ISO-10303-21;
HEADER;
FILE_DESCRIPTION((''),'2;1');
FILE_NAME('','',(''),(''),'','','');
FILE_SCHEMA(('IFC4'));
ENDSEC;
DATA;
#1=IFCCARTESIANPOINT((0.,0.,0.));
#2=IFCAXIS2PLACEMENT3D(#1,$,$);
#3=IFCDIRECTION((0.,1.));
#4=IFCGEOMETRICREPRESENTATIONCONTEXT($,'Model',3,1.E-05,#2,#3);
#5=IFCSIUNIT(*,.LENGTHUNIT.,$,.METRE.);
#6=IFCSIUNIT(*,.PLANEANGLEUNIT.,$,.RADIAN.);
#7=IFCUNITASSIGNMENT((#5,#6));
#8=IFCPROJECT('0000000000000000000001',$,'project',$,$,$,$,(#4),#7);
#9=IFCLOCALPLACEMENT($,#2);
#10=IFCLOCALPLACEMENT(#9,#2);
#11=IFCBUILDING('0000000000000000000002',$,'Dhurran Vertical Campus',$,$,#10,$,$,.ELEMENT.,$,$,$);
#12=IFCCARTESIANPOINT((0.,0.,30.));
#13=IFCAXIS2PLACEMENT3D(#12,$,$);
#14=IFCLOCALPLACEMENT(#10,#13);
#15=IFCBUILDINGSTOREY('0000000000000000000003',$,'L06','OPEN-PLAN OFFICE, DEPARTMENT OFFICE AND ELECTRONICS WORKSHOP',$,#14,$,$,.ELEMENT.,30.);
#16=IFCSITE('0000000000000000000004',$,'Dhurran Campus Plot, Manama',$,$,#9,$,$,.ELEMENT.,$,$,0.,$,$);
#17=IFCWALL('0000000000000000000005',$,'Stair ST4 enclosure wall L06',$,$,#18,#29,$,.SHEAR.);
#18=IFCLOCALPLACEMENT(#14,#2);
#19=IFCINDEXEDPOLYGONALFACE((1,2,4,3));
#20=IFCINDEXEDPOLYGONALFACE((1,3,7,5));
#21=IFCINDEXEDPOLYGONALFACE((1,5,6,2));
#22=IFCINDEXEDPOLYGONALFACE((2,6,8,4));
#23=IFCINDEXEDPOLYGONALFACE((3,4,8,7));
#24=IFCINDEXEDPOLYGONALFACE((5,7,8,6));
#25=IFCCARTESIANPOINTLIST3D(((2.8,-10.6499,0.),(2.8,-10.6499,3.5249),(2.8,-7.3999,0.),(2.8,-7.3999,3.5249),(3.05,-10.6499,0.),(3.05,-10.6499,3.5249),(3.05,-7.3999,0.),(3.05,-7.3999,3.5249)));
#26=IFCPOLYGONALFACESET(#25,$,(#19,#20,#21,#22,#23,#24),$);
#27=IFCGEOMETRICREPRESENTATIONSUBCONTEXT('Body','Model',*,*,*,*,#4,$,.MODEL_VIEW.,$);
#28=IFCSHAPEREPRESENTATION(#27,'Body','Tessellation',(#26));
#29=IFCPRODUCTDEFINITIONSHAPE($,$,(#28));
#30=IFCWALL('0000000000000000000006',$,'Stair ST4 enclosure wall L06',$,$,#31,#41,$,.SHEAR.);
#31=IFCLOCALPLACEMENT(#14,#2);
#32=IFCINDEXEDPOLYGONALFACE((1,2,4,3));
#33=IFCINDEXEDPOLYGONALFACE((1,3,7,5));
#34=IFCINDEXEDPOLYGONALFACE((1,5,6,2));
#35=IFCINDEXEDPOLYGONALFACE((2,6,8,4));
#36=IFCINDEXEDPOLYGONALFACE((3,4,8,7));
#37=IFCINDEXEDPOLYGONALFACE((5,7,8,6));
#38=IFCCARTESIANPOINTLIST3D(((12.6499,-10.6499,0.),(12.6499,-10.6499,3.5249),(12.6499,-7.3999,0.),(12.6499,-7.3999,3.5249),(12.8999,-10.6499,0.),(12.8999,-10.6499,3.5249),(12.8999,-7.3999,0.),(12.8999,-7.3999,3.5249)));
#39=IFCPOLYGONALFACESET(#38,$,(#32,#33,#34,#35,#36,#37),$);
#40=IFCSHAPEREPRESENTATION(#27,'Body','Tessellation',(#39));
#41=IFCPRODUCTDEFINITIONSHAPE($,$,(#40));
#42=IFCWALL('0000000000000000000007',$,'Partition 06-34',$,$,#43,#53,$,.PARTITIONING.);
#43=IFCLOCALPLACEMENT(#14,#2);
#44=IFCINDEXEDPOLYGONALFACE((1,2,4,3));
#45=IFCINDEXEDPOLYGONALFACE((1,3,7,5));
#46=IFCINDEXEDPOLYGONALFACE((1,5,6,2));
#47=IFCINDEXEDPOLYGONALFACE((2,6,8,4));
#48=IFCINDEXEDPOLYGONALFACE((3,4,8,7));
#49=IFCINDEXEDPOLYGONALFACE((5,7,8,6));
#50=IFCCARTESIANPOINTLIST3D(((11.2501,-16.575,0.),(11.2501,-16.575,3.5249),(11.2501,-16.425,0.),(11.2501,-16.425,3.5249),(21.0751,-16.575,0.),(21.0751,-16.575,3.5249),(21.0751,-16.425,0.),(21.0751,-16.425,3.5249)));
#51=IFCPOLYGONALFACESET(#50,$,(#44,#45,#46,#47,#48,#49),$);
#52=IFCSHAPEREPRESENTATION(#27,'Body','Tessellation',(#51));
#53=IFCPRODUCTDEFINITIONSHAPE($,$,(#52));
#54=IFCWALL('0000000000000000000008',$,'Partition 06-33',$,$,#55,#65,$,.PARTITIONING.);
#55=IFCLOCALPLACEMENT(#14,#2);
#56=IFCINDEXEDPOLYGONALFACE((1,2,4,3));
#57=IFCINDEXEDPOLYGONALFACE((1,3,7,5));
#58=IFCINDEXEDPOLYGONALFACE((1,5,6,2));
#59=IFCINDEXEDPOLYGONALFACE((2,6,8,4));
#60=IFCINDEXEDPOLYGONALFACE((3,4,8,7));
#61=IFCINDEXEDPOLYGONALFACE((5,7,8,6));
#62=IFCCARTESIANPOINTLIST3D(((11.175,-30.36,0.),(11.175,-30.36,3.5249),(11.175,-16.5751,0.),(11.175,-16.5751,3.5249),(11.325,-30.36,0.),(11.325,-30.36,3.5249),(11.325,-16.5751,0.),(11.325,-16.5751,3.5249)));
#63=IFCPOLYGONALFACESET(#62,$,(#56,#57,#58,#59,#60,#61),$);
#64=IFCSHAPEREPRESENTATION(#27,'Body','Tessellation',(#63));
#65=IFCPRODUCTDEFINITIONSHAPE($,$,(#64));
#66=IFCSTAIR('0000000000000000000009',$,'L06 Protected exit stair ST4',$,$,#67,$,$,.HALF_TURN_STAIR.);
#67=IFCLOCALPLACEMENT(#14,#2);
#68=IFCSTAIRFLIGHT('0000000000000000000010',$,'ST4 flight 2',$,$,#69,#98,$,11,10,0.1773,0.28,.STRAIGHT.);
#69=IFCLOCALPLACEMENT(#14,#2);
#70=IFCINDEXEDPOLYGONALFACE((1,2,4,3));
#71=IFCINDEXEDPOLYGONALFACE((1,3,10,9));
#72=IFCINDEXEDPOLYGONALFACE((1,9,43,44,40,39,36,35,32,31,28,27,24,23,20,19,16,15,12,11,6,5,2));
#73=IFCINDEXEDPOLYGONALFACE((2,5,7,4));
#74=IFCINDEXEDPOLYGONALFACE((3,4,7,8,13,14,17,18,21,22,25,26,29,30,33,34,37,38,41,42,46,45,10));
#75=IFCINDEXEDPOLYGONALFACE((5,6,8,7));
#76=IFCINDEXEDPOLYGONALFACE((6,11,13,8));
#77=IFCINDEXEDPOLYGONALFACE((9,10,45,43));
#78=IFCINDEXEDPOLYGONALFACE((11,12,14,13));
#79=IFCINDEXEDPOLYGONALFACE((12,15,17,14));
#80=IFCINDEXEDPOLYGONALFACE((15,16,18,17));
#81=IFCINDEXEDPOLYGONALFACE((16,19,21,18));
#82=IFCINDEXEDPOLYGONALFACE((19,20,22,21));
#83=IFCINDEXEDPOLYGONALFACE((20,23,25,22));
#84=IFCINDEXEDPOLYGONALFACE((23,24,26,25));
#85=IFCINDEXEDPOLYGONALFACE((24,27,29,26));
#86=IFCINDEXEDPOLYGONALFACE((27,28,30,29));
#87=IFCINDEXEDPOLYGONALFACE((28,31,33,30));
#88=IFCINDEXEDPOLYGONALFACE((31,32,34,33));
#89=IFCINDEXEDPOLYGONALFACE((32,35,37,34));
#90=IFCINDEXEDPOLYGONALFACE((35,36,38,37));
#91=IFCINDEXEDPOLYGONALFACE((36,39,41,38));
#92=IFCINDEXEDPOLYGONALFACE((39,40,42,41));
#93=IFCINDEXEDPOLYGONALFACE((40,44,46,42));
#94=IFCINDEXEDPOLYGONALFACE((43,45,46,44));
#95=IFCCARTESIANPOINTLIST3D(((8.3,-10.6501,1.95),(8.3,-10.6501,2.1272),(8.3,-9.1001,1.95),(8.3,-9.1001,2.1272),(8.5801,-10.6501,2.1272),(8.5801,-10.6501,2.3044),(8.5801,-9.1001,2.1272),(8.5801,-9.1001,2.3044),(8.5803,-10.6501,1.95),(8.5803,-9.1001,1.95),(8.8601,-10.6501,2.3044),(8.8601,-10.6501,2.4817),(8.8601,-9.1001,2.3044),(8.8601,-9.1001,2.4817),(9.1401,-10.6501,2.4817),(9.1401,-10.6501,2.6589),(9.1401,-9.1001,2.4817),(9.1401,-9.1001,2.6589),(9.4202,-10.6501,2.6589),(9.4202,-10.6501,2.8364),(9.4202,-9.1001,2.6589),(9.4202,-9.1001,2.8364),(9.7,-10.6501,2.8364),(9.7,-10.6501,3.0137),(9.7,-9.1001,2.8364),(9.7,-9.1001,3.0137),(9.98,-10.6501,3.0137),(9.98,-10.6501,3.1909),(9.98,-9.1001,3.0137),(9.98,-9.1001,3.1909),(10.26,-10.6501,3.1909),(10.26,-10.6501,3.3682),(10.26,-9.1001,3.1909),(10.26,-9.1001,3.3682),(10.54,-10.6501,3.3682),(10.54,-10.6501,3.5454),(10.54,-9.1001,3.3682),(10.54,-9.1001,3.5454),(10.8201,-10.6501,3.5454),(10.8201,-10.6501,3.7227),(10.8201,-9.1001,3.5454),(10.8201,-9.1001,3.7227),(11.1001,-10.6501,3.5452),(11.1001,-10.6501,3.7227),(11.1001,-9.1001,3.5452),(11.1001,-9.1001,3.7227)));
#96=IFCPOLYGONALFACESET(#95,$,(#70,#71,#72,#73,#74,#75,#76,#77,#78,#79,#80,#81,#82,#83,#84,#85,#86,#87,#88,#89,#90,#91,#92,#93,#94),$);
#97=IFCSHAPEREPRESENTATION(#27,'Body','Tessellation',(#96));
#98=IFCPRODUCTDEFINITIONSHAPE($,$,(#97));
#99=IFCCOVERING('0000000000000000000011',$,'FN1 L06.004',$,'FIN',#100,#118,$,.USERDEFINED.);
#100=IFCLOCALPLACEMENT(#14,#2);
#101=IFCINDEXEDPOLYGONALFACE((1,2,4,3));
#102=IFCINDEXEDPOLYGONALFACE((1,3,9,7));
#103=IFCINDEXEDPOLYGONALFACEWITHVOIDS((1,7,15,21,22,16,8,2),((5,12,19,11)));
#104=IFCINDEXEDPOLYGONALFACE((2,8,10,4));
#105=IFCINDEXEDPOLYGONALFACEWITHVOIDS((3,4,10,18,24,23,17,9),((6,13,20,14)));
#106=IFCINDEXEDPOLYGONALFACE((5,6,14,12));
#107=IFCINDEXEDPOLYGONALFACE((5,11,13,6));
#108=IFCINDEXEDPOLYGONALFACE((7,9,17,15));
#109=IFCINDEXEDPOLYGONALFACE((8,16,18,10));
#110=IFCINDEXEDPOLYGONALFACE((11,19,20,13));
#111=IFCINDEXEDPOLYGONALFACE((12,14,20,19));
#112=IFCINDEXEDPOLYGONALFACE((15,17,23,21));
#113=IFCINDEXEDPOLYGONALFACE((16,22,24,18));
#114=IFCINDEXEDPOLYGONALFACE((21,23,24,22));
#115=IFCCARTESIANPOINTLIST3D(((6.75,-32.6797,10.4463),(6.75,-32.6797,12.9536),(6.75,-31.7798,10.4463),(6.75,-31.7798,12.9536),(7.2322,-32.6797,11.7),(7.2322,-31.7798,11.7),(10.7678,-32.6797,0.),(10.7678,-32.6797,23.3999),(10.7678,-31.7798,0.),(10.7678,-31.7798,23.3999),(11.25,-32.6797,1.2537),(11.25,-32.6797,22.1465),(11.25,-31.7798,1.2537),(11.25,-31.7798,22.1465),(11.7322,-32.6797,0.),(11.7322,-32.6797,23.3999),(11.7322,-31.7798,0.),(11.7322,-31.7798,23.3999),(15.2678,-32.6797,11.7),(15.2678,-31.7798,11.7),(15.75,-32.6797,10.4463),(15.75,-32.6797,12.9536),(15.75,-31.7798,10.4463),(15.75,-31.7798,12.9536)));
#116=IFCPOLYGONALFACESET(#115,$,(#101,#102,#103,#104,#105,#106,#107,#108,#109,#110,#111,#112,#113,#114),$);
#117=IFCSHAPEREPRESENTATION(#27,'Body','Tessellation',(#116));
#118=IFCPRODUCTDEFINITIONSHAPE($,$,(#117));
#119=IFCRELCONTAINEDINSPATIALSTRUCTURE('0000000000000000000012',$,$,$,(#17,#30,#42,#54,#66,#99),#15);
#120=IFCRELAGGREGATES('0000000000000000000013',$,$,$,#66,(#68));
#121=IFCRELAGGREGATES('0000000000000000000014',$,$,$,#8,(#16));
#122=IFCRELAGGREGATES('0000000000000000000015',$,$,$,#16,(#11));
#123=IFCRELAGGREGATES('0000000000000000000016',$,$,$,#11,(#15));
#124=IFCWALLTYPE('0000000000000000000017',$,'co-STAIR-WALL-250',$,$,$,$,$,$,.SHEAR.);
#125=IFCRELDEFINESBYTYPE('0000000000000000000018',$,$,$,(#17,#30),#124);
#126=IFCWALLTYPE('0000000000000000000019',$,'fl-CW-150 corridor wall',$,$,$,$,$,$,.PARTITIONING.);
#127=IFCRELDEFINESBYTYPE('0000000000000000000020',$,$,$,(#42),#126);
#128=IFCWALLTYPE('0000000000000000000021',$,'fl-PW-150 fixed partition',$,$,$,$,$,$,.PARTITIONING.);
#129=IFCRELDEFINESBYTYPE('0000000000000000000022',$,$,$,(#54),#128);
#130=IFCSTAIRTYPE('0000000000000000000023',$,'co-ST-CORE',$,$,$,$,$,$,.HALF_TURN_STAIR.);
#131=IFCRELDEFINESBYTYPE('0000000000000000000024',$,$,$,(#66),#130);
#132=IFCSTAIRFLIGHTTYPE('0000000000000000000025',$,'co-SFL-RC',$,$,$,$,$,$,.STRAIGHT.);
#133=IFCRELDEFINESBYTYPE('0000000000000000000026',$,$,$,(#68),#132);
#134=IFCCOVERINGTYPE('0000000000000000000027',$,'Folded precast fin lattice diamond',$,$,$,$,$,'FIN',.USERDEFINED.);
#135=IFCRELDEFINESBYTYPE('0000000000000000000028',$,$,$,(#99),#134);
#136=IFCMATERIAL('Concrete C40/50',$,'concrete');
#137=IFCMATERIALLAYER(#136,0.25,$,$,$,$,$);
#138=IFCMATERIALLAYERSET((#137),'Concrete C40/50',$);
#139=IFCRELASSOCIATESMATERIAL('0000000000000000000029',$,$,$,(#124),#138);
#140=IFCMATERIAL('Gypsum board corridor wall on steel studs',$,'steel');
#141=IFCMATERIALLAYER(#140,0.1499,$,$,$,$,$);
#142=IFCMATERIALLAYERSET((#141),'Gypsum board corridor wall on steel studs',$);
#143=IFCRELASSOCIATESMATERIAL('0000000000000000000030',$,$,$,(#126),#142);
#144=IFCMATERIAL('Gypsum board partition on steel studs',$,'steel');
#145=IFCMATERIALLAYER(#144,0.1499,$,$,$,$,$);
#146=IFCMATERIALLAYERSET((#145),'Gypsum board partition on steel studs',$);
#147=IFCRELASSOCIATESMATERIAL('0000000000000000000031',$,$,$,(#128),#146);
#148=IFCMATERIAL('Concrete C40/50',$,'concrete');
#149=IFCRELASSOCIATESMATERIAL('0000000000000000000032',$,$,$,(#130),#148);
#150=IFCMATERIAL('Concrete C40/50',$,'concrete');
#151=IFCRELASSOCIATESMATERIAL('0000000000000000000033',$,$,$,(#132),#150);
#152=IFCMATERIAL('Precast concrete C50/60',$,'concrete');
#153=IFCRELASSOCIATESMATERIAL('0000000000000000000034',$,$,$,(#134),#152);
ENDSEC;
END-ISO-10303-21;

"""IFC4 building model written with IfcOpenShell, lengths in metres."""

from ifc_helpers import new_model, si_unit, direction, frame, frame_2d, origin, place, context, subcontext, project, spatial, polyline, rectangle, outline, extrude, material, layer, layer_set, type_object, element, aggregate, save


model = new_model("IFC4")

# Units and contexts
model_context = context("Model", 3, precision=1e-05, world=origin(), true_north=direction((0.0, 1.0)))
body_context = subcontext(model_context, "Body", "Model", "MODEL_VIEW")
ifc_project = project(units=[si_unit("LENGTHUNIT", "METRE"), si_unit("PLANEANGLEUNIT", "RADIAN")], contexts=[model_context])

# Site, building, storey
site_placement = place(None, origin())
site = spatial("IfcSite", under=ifc_project, at=site_placement, Name="Dhurran Campus Plot, Manama", CompositionType="ELEMENT", RefElevation=0.0)
building_placement = place(site_placement, origin())
building = spatial("IfcBuilding", under=site, at=building_placement, Name="Dhurran Vertical Campus", CompositionType="ELEMENT")
storey_placement = place(building_placement, frame((0.0, 0.0, 30.0)))
storey = spatial("IfcBuildingStorey", under=building, at=storey_placement, Name="L06", Description="OPEN-PLAN OFFICE, DEPARTMENT OFFICE AND ELECTRONICS WORKSHOP", CompositionType="ELEMENT", Elevation=30.0)

# Shared definitions
ifc_material_1 = material(Name="Concrete C40/50", Category="concrete")
ifc_layer_1 = layer(ifc_material_1, 0.25)
ifc_layer_set_1 = layer_set([ifc_layer_1], Name="Concrete C40/50")
wall_type_1 = type_object("IfcWallType", Name="co-STAIR-WALL-250", PredefinedType="SHEAR", material=ifc_layer_set_1)

# Walls
for number, where, z_axis, x_axis, name in (
    (1, (2.925, -10.6499, 0.0), (0.0, 0.0, 1.0), (0.0, 1.0, 0.0), "Stair ST4 enclosure wall L06"),
    (2, (12.7749, -10.6499, 0.0), (0.0, 0.0, 1.0), (0.0, 1.0, 0.0), "Stair ST4 enclosure wall L06"),
):
    element("IfcWall", number, at=place(storey_placement, frame(where, z_axis=z_axis, x_axis=x_axis)), inside=storey, type_object=wall_type_1, Name=name, PredefinedType="SHEAR", context=body_context, shape_type="SweptSolid", body=[
        extrude(rectangle(XDim=3.25, YDim=0.25, at=frame_2d((1.625, 0.0))), origin(), (0.0, 0.0, 1.0), 3.5249),
    ])
ifc_material_2 = material(Name="Gypsum board corridor wall on steel studs", Category="steel")
ifc_layer_2 = layer(ifc_material_2, 0.1499)
ifc_layer_set_2 = layer_set([ifc_layer_2], Name="Gypsum board corridor wall on steel studs")
wall_type_2 = type_object("IfcWallType", Name="fl-CW-150 corridor wall", PredefinedType="PARTITIONING", material=ifc_layer_set_2)
wall_1_placement = place(storey_placement, frame((11.25, -16.5, 0.0), z_axis=(0.0, 0.0, 1.0), x_axis=(1.0, 0.0, 0.0)))
element("IfcWall", 3, at=wall_1_placement, inside=storey, type_object=wall_type_2, Name="Partition 06-34", PredefinedType="PARTITIONING", context=body_context, shape_type="SweptSolid", body=[
    extrude(rectangle(XDim=9.825, YDim=0.1499, at=frame_2d((4.9126, 0.0))), origin(), (0.0, 0.0, 1.0), 3.5249),
])
ifc_material_3 = material(Name="Gypsum board partition on steel studs", Category="steel")
ifc_layer_3 = layer(ifc_material_3, 0.1499)
ifc_layer_set_3 = layer_set([ifc_layer_3], Name="Gypsum board partition on steel studs")
wall_type_3 = type_object("IfcWallType", Name="fl-PW-150 fixed partition", PredefinedType="PARTITIONING", material=ifc_layer_set_3)
wall_2_placement = place(storey_placement, frame((11.25, -16.575, 0.0), z_axis=(0.0, 0.0, 1.0), x_axis=(0.0, -1.0, 0.0)))
element("IfcWall", 4, at=wall_2_placement, inside=storey, type_object=wall_type_3, Name="Partition 06-33", PredefinedType="PARTITIONING", context=body_context, shape_type="SweptSolid", body=[
    extrude(rectangle(XDim=13.7849, YDim=0.1499, at=frame_2d((6.8926, 0.0))), origin(), (0.0, 0.0, 1.0), 3.5249),
])

# Stair, stair flight
ifc_material_4 = material(Name="Concrete C40/50", Category="concrete")
stair_type = type_object("IfcStairType", Name="co-ST-CORE", PredefinedType="HALF_TURN_STAIR", material=ifc_material_4)
stair_placement = place(storey_placement, origin())
stair = element("IfcStair", 5, at=stair_placement, inside=storey, type_object=stair_type, Name="L06 Protected exit stair ST4", PredefinedType="HALF_TURN_STAIR")
ifc_material_5 = material(Name="Concrete C40/50", Category="concrete")
stair_flight_type = type_object("IfcStairFlightType", Name="co-SFL-RC", PredefinedType="STRAIGHT", material=ifc_material_5)
stair_flight_placement = place(storey_placement, frame((8.3, -9.875, 1.95), z_axis=(0.0, 0.0, 1.0), x_axis=(1.0, 0.0, 0.0)))
stair_flight = element("IfcStairFlight", 6, at=stair_flight_placement, type_object=stair_flight_type, Name="ST4 flight 2", NumberOfRisers=11, NumberOfTreads=10, PredefinedType="STRAIGHT", RiserHeight=0.1773, TreadLength=0.28, context=body_context, shape_type="SweptSolid", body=[
    extrude(outline(polyline([(0.0, 0.0), (0.0, 0.1772), (0.28, 0.1772), (0.28, 0.3545), (0.5601, 0.3545), (0.5601, 0.5317), (0.8401, 0.5317), (0.8401, 0.709), (1.1201, 0.709), (1.1201, 0.8865), (1.3999, 0.8865), (1.3999, 1.0637), (1.6799, 1.0637), (1.6799, 1.241), (1.96, 1.241), (1.96, 1.4182), (2.24, 1.4182), (2.24, 1.5955), (2.52, 1.5955), (2.52, 1.7727), (2.8, 1.7727), (2.8, 1.95), (2.8, 1.5952), (0.2803, 0.0), (0.0, 0.0)])), frame((0.0, 0.7749, 0.0), z_axis=(0.0, -1.0, 0.0), x_axis=(1.0, 0.0, 0.0)), (0.0, 0.0, 1.0), 1.55),
])
aggregate(stair, [stair_flight])

# Covering
ifc_material_6 = material(Name="Precast concrete C50/60", Category="concrete")
covering_type = type_object("IfcCoveringType", Name="Folded precast fin lattice diamond", ElementType="FIN", PredefinedType="USERDEFINED", material=ifc_material_6)
covering_placement = place(storey_placement, frame((6.75, -31.7798, 0.0), z_axis=(0.0, -1.0, 0.0), x_axis=(1.0, 0.0, 0.0)))
element("IfcCovering", 7, at=covering_placement, inside=storey, type_object=covering_type, Name="FN1 L06.004", ObjectType="FIN", PredefinedType="USERDEFINED", context=body_context, shape_type="SweptSolid", body=[
    extrude(outline(polyline([(9.0, 12.9536), (9.0, 10.4463), (4.9822, 0.0), (4.0178, 0.0), (0.0, 10.4463), (0.0, 12.9536), (4.0178, 23.3999), (4.9822, 23.3999), (9.0, 12.9536)]), holes=[polyline([(8.5178, 11.7), (4.5, 22.1465), (0.4822, 11.7), (4.5, 1.2537), (8.5178, 11.7)])]), origin(), (0.0, 0.0, 1.0), 0.8999),
])

save(model, "model.ifc")
